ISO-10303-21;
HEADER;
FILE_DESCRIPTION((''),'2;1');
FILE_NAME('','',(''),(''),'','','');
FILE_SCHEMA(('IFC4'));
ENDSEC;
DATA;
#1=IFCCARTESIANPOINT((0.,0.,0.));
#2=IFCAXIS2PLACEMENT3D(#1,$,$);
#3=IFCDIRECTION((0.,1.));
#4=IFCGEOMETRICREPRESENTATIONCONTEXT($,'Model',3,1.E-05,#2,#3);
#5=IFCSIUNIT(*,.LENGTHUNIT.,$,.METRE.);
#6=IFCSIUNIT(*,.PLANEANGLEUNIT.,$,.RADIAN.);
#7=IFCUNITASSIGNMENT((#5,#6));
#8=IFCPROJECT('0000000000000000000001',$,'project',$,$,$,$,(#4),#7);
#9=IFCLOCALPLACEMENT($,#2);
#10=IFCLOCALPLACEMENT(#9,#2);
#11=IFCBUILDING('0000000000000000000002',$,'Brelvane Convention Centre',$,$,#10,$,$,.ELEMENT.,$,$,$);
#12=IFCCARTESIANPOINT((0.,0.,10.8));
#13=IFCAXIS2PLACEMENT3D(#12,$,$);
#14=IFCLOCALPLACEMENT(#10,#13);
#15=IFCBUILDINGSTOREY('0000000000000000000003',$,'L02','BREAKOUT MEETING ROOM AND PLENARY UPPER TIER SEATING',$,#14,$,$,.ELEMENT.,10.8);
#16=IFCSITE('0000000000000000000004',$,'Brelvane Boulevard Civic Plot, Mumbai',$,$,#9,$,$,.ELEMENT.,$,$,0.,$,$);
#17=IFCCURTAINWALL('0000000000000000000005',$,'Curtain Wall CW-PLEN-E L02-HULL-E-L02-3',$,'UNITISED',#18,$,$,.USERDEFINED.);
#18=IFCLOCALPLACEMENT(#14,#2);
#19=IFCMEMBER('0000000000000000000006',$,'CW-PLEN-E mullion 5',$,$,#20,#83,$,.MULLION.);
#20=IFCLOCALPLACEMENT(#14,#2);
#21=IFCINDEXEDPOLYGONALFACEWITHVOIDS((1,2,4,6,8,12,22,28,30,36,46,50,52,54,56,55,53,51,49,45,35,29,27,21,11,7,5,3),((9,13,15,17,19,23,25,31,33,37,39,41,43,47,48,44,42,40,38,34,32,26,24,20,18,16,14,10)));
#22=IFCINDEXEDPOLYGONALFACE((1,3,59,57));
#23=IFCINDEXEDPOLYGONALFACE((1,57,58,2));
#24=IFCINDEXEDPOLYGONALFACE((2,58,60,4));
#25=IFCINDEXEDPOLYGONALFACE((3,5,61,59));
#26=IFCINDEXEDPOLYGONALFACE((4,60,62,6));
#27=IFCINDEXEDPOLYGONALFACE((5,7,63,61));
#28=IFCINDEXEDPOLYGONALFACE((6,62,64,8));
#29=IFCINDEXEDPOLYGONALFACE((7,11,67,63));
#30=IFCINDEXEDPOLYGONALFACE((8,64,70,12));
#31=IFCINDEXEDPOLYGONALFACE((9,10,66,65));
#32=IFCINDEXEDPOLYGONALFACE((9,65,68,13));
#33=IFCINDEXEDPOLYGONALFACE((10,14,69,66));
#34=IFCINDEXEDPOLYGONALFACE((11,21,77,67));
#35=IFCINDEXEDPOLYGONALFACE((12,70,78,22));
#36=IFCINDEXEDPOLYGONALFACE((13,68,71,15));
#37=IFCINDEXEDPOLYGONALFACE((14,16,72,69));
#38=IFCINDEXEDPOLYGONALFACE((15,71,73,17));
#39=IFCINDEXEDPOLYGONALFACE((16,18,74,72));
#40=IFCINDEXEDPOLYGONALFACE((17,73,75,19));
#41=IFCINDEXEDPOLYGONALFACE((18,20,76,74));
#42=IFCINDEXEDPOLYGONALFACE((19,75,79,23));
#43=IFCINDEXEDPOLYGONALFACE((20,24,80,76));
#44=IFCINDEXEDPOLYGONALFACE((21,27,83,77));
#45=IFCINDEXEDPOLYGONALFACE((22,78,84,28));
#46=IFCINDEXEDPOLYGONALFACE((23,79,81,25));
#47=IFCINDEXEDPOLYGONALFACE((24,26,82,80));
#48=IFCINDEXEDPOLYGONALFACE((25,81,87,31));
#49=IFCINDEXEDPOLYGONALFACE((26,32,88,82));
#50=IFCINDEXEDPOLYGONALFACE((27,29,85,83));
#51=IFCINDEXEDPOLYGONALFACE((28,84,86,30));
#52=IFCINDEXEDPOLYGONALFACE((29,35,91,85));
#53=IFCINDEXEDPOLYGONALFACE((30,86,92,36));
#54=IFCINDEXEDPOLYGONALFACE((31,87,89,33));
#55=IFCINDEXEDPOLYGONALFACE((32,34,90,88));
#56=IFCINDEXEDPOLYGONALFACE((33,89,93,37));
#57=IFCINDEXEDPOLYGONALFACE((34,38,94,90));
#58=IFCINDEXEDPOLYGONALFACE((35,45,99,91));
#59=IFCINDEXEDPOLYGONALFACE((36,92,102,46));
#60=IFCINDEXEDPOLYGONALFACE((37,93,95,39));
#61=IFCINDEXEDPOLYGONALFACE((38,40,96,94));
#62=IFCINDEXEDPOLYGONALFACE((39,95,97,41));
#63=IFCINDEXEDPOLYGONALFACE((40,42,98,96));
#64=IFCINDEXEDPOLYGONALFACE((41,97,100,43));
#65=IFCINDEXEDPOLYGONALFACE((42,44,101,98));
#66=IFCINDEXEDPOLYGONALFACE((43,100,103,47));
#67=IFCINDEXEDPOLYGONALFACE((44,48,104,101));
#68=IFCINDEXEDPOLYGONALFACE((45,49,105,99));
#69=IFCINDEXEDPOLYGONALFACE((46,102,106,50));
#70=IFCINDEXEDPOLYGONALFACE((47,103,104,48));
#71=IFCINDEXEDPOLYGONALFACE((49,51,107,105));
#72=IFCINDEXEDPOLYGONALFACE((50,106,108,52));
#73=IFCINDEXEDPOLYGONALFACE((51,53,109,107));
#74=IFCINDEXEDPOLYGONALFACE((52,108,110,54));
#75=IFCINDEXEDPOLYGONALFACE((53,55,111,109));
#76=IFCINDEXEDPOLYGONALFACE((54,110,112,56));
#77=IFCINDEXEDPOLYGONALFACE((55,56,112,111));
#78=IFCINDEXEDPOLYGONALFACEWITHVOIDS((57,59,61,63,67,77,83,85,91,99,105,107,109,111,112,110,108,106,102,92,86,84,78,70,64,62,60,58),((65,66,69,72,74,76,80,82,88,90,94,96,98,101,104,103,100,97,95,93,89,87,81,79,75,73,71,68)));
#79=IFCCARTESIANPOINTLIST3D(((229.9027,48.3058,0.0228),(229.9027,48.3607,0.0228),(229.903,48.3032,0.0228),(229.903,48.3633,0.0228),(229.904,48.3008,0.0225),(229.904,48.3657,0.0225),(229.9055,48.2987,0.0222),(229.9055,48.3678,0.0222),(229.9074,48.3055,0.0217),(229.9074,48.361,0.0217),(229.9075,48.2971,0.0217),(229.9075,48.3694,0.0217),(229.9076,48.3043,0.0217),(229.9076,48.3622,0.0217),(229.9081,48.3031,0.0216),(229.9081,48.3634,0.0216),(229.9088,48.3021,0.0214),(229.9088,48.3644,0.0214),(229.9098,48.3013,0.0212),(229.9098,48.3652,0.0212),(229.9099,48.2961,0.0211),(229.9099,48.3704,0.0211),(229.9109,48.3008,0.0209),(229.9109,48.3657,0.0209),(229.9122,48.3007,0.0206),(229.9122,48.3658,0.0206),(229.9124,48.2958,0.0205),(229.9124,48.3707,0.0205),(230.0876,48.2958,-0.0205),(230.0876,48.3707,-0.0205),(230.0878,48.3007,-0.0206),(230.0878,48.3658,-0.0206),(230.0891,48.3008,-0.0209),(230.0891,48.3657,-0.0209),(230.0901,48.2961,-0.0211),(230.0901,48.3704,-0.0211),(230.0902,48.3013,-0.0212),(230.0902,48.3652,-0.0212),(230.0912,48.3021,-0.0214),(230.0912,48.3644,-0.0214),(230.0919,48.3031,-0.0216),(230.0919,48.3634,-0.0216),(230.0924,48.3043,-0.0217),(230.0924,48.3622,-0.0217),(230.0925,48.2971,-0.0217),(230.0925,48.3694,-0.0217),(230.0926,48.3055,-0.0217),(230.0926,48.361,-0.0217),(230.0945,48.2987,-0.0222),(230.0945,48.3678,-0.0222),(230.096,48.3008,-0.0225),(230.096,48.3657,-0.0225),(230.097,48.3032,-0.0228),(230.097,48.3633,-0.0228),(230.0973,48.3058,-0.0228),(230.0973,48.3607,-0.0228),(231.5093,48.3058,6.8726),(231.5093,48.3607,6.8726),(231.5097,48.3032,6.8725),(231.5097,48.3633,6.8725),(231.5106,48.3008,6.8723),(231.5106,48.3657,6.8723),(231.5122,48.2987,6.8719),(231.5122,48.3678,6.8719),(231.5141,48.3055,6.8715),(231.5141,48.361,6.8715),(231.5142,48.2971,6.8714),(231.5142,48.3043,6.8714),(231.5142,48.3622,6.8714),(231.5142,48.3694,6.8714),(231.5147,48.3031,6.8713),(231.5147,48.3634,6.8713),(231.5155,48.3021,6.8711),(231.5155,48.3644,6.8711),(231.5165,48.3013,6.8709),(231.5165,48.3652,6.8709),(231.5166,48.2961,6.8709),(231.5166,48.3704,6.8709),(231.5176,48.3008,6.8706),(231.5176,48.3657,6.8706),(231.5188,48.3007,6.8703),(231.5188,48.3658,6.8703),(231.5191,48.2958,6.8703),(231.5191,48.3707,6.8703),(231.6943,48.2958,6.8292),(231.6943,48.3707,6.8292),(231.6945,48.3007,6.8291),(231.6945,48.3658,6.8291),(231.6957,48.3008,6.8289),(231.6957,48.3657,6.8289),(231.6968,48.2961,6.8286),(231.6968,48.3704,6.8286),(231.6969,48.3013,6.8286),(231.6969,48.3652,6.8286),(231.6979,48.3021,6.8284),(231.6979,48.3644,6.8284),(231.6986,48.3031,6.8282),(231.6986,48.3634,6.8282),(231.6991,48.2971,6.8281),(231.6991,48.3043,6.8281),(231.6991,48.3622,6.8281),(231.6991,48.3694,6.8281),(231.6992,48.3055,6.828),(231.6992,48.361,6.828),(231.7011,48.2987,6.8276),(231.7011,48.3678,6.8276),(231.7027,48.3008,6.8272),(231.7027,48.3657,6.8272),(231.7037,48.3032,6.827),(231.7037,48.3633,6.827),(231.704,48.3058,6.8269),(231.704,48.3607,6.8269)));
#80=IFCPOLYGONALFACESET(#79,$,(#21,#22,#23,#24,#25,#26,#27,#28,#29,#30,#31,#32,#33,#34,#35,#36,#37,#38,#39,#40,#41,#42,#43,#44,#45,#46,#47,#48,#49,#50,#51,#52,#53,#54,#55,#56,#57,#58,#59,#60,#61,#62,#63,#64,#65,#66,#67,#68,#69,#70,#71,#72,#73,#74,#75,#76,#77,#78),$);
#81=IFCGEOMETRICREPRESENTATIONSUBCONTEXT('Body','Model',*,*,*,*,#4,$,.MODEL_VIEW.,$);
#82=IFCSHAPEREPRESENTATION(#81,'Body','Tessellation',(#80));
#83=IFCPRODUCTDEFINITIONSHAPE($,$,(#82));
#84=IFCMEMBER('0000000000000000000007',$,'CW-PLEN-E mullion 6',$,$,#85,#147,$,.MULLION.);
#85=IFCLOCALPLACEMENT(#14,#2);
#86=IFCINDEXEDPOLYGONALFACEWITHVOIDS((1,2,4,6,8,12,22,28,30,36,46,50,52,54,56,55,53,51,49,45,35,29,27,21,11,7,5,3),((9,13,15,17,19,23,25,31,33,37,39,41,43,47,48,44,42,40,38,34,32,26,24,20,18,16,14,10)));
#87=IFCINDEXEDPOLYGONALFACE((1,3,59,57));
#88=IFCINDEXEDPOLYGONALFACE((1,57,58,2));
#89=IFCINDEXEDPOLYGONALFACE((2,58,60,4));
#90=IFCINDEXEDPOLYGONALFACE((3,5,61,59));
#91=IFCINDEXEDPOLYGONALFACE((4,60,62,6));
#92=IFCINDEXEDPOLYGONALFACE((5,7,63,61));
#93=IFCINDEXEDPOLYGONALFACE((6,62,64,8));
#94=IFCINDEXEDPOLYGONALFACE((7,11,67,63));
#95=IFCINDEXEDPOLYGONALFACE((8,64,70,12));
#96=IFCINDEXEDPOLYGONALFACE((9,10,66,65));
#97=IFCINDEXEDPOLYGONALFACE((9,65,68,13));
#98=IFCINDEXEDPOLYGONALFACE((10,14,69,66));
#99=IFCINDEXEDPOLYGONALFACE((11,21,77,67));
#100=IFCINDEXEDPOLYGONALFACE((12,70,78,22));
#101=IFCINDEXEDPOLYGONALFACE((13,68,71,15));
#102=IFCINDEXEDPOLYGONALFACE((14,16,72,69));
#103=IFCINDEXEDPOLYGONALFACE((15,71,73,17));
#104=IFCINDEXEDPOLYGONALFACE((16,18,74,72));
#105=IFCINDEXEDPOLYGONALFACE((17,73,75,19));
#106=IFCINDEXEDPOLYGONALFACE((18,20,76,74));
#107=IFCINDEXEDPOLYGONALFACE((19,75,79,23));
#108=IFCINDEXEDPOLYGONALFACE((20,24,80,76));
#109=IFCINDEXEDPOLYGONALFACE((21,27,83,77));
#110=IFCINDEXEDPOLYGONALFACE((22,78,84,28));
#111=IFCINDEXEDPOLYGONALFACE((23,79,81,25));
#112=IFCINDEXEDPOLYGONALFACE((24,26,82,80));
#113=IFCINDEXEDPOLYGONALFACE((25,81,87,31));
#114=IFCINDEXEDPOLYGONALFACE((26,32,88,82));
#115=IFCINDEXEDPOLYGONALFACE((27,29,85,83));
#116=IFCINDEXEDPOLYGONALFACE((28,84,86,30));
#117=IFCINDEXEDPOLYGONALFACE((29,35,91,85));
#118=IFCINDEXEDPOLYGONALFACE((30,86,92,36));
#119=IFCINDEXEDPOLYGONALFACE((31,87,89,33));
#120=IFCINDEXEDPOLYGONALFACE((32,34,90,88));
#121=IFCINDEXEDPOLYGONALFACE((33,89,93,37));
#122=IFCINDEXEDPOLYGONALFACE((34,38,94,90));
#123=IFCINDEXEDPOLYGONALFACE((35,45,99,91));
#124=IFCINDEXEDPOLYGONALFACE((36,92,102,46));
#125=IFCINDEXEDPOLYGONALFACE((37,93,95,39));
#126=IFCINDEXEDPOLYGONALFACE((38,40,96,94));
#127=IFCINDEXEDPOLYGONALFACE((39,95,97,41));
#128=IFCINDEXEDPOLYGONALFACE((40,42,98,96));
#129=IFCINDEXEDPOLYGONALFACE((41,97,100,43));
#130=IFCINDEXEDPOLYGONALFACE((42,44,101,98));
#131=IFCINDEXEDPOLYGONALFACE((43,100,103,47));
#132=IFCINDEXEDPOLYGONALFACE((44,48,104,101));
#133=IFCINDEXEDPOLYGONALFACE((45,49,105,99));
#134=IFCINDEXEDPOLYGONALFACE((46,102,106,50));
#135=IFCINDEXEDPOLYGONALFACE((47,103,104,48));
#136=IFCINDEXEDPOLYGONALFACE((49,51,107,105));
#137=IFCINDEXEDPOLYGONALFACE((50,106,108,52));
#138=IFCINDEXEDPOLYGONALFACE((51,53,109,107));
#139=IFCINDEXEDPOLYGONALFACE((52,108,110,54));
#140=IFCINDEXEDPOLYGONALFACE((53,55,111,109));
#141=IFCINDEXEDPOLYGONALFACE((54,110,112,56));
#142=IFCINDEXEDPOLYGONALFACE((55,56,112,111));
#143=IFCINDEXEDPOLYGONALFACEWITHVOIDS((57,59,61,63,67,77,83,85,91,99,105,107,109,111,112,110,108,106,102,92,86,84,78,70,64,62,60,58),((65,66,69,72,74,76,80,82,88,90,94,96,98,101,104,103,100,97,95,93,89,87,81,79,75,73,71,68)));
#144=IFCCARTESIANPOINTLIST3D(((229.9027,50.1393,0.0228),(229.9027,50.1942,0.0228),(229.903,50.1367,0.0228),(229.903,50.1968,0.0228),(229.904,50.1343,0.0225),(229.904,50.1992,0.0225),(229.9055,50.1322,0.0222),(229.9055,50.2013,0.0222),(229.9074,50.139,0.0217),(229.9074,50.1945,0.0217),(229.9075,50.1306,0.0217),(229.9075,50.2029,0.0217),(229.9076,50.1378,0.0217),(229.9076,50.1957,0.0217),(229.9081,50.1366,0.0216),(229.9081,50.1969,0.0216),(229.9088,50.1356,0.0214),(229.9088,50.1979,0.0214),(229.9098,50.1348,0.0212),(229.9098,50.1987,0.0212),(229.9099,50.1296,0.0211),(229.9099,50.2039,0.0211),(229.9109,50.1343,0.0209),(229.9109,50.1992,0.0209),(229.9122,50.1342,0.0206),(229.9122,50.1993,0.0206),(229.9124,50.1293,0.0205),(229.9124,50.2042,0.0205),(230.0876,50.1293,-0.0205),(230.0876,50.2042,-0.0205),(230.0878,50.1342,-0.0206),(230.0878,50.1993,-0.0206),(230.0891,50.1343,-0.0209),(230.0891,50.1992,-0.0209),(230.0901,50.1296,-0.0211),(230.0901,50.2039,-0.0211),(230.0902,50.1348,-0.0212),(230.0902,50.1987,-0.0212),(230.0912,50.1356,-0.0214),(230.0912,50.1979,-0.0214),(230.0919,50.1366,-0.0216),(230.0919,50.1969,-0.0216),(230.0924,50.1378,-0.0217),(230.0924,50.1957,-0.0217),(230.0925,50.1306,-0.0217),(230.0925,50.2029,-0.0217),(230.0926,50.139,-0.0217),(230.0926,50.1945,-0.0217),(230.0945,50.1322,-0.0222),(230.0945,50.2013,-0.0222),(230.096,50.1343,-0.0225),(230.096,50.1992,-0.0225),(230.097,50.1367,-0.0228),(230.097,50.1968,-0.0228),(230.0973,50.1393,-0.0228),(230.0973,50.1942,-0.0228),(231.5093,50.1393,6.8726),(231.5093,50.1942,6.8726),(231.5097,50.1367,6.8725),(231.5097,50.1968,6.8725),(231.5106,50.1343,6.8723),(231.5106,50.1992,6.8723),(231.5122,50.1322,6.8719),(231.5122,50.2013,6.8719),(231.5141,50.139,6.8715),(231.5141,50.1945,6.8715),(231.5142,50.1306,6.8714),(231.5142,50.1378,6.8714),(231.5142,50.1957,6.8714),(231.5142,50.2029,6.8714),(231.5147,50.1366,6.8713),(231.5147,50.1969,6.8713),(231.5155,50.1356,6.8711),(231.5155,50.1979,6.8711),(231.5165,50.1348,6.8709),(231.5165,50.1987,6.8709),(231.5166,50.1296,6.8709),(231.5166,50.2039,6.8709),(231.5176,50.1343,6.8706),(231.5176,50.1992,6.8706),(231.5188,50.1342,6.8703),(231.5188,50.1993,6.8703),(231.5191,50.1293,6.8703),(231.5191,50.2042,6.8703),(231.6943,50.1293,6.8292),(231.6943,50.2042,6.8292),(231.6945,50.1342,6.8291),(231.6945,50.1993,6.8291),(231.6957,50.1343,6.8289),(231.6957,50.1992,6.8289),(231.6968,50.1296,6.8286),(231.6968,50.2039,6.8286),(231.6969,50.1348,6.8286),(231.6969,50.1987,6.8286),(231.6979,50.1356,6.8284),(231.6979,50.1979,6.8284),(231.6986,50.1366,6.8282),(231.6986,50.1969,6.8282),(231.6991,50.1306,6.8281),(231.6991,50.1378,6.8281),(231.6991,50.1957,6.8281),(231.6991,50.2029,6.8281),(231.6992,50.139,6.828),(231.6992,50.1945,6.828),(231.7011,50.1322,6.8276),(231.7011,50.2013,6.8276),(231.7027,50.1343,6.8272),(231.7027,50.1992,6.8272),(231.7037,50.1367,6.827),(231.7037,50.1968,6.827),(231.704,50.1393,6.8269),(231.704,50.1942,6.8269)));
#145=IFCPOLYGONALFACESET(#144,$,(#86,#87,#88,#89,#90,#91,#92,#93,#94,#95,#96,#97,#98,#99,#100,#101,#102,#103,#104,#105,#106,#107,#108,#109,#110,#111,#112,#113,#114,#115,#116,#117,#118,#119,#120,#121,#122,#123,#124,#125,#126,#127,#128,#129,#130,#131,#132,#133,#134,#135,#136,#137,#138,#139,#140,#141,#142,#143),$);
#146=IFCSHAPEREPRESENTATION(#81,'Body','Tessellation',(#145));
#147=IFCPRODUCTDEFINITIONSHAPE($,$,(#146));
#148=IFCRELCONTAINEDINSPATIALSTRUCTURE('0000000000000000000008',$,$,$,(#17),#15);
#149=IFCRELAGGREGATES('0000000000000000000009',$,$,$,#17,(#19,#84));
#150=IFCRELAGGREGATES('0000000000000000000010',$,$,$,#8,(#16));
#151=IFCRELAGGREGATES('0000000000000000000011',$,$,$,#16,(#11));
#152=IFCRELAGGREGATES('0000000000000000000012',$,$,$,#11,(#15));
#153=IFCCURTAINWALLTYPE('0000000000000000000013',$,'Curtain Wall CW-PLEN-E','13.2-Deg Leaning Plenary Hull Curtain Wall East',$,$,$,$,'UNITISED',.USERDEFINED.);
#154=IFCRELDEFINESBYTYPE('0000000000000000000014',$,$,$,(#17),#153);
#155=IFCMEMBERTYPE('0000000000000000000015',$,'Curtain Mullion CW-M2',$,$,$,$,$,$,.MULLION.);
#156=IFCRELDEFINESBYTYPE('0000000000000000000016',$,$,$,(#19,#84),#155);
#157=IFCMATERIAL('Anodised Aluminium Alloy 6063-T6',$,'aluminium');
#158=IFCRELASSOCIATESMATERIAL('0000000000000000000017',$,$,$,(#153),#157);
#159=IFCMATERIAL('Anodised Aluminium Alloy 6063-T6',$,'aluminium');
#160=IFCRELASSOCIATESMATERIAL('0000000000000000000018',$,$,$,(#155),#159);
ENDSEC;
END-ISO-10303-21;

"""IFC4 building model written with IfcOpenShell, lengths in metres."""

from ifc_helpers import new_model, si_unit, direction, frame, origin, origin_2d, place, context, subcontext, project, spatial, hollow_rectangle, extrude, material, material_profile, profile_set, type_object, element, aggregate, save


model = new_model("IFC4")

# Units and contexts
model_context = context("Model", 3, precision=1e-05, world=origin(), true_north=direction((0.0, 1.0)))
body_context = subcontext(model_context, "Body", "Model", "MODEL_VIEW")
ifc_project = project(units=[si_unit("LENGTHUNIT", "METRE"), si_unit("PLANEANGLEUNIT", "RADIAN")], contexts=[model_context])

# Site, building, storey
site_placement = place(None, origin())
site = spatial("IfcSite", under=ifc_project, at=site_placement, Name="Brelvane Boulevard Civic Plot, Mumbai", CompositionType="ELEMENT", RefElevation=0.0)
building_placement = place(site_placement, origin())
building = spatial("IfcBuilding", under=site, at=building_placement, Name="Brelvane Convention Centre", CompositionType="ELEMENT")
storey_placement = place(building_placement, frame((0.0, 0.0, 10.8)))
storey = spatial("IfcBuildingStorey", under=building, at=storey_placement, Name="L02", Description="BREAKOUT MEETING ROOM AND PLENARY UPPER TIER SEATING", CompositionType="ELEMENT", Elevation=10.8)

# Curtain wall, members
ifc_material_1 = material(Name="Anodised Aluminium Alloy 6063-T6", Category="aluminium")
curtain_wall_type = type_object("IfcCurtainWallType", Name="Curtain Wall CW-PLEN-E", Description="13.2-Deg Leaning Plenary Hull Curtain Wall East", ElementType="UNITISED", PredefinedType="USERDEFINED", material=ifc_material_1)
curtain_wall_1_placement = place(storey_placement, origin())
curtain_wall_1 = element("IfcCurtainWall", 1, at=curtain_wall_1_placement, inside=storey, type_object=curtain_wall_type, Name="Curtain Wall CW-PLEN-E L02-HULL-E-L02-3", ObjectType="UNITISED", PredefinedType="USERDEFINED")
ifc_material_2 = material(Name="Anodised Aluminium Alloy 6063-T6", Category="aluminium")
ifc_material_profile_1 = material_profile(ifc_material_2, hollow_rectangle(XDim=0.075, YDim=0.2, WallThickness=0.0049, InnerFilletRadius=0.0049, OuterFilletRadius=0.01, at=origin_2d()), Name="ALU-M 200x75x5.0")
ifc_profile_set_1 = profile_set([ifc_material_profile_1], Name="Anodised Aluminium Alloy 6063-T6")
member_type_1 = type_object("IfcMemberType", Name="Curtain Mullion CW-M2", PredefinedType="MULLION", material=ifc_profile_set_1)
member_1_placement = place(storey_placement, frame((230.0, 48.3333, 0.0), z_axis=(0.22836, 0.0, 0.973577), x_axis=(0.0, 1.0, 0.0)))
member_1 = element("IfcMember", 2, at=member_1_placement, type_object=member_type_1, Name="CW-PLEN-E mullion 5", PredefinedType="MULLION", context=body_context, shape_type="SweptSolid", body=[
    extrude(hollow_rectangle(XDim=0.075, YDim=0.2, WallThickness=0.0049, InnerFilletRadius=0.0049, OuterFilletRadius=0.01, at=origin_2d()), origin(), (0.0, 0.0, 1.0), 7.0356),
])
member_2_placement = place(storey_placement, frame((230.0, 50.1667, 0.0), z_axis=(0.22836, 0.0, 0.973577), x_axis=(0.0, 1.0, 0.0)))
member_2 = element("IfcMember", 3, at=member_2_placement, type_object=member_type_1, Name="CW-PLEN-E mullion 6", PredefinedType="MULLION", context=body_context, shape_type="SweptSolid", body=[
    extrude(hollow_rectangle(XDim=0.075, YDim=0.2, WallThickness=0.0049, InnerFilletRadius=0.0049, OuterFilletRadius=0.01, at=origin_2d()), origin(), (0.0, 0.0, 1.0), 7.0356),
])

aggregate(curtain_wall_1, [member_1, member_2])

save(model, "model.ifc")
